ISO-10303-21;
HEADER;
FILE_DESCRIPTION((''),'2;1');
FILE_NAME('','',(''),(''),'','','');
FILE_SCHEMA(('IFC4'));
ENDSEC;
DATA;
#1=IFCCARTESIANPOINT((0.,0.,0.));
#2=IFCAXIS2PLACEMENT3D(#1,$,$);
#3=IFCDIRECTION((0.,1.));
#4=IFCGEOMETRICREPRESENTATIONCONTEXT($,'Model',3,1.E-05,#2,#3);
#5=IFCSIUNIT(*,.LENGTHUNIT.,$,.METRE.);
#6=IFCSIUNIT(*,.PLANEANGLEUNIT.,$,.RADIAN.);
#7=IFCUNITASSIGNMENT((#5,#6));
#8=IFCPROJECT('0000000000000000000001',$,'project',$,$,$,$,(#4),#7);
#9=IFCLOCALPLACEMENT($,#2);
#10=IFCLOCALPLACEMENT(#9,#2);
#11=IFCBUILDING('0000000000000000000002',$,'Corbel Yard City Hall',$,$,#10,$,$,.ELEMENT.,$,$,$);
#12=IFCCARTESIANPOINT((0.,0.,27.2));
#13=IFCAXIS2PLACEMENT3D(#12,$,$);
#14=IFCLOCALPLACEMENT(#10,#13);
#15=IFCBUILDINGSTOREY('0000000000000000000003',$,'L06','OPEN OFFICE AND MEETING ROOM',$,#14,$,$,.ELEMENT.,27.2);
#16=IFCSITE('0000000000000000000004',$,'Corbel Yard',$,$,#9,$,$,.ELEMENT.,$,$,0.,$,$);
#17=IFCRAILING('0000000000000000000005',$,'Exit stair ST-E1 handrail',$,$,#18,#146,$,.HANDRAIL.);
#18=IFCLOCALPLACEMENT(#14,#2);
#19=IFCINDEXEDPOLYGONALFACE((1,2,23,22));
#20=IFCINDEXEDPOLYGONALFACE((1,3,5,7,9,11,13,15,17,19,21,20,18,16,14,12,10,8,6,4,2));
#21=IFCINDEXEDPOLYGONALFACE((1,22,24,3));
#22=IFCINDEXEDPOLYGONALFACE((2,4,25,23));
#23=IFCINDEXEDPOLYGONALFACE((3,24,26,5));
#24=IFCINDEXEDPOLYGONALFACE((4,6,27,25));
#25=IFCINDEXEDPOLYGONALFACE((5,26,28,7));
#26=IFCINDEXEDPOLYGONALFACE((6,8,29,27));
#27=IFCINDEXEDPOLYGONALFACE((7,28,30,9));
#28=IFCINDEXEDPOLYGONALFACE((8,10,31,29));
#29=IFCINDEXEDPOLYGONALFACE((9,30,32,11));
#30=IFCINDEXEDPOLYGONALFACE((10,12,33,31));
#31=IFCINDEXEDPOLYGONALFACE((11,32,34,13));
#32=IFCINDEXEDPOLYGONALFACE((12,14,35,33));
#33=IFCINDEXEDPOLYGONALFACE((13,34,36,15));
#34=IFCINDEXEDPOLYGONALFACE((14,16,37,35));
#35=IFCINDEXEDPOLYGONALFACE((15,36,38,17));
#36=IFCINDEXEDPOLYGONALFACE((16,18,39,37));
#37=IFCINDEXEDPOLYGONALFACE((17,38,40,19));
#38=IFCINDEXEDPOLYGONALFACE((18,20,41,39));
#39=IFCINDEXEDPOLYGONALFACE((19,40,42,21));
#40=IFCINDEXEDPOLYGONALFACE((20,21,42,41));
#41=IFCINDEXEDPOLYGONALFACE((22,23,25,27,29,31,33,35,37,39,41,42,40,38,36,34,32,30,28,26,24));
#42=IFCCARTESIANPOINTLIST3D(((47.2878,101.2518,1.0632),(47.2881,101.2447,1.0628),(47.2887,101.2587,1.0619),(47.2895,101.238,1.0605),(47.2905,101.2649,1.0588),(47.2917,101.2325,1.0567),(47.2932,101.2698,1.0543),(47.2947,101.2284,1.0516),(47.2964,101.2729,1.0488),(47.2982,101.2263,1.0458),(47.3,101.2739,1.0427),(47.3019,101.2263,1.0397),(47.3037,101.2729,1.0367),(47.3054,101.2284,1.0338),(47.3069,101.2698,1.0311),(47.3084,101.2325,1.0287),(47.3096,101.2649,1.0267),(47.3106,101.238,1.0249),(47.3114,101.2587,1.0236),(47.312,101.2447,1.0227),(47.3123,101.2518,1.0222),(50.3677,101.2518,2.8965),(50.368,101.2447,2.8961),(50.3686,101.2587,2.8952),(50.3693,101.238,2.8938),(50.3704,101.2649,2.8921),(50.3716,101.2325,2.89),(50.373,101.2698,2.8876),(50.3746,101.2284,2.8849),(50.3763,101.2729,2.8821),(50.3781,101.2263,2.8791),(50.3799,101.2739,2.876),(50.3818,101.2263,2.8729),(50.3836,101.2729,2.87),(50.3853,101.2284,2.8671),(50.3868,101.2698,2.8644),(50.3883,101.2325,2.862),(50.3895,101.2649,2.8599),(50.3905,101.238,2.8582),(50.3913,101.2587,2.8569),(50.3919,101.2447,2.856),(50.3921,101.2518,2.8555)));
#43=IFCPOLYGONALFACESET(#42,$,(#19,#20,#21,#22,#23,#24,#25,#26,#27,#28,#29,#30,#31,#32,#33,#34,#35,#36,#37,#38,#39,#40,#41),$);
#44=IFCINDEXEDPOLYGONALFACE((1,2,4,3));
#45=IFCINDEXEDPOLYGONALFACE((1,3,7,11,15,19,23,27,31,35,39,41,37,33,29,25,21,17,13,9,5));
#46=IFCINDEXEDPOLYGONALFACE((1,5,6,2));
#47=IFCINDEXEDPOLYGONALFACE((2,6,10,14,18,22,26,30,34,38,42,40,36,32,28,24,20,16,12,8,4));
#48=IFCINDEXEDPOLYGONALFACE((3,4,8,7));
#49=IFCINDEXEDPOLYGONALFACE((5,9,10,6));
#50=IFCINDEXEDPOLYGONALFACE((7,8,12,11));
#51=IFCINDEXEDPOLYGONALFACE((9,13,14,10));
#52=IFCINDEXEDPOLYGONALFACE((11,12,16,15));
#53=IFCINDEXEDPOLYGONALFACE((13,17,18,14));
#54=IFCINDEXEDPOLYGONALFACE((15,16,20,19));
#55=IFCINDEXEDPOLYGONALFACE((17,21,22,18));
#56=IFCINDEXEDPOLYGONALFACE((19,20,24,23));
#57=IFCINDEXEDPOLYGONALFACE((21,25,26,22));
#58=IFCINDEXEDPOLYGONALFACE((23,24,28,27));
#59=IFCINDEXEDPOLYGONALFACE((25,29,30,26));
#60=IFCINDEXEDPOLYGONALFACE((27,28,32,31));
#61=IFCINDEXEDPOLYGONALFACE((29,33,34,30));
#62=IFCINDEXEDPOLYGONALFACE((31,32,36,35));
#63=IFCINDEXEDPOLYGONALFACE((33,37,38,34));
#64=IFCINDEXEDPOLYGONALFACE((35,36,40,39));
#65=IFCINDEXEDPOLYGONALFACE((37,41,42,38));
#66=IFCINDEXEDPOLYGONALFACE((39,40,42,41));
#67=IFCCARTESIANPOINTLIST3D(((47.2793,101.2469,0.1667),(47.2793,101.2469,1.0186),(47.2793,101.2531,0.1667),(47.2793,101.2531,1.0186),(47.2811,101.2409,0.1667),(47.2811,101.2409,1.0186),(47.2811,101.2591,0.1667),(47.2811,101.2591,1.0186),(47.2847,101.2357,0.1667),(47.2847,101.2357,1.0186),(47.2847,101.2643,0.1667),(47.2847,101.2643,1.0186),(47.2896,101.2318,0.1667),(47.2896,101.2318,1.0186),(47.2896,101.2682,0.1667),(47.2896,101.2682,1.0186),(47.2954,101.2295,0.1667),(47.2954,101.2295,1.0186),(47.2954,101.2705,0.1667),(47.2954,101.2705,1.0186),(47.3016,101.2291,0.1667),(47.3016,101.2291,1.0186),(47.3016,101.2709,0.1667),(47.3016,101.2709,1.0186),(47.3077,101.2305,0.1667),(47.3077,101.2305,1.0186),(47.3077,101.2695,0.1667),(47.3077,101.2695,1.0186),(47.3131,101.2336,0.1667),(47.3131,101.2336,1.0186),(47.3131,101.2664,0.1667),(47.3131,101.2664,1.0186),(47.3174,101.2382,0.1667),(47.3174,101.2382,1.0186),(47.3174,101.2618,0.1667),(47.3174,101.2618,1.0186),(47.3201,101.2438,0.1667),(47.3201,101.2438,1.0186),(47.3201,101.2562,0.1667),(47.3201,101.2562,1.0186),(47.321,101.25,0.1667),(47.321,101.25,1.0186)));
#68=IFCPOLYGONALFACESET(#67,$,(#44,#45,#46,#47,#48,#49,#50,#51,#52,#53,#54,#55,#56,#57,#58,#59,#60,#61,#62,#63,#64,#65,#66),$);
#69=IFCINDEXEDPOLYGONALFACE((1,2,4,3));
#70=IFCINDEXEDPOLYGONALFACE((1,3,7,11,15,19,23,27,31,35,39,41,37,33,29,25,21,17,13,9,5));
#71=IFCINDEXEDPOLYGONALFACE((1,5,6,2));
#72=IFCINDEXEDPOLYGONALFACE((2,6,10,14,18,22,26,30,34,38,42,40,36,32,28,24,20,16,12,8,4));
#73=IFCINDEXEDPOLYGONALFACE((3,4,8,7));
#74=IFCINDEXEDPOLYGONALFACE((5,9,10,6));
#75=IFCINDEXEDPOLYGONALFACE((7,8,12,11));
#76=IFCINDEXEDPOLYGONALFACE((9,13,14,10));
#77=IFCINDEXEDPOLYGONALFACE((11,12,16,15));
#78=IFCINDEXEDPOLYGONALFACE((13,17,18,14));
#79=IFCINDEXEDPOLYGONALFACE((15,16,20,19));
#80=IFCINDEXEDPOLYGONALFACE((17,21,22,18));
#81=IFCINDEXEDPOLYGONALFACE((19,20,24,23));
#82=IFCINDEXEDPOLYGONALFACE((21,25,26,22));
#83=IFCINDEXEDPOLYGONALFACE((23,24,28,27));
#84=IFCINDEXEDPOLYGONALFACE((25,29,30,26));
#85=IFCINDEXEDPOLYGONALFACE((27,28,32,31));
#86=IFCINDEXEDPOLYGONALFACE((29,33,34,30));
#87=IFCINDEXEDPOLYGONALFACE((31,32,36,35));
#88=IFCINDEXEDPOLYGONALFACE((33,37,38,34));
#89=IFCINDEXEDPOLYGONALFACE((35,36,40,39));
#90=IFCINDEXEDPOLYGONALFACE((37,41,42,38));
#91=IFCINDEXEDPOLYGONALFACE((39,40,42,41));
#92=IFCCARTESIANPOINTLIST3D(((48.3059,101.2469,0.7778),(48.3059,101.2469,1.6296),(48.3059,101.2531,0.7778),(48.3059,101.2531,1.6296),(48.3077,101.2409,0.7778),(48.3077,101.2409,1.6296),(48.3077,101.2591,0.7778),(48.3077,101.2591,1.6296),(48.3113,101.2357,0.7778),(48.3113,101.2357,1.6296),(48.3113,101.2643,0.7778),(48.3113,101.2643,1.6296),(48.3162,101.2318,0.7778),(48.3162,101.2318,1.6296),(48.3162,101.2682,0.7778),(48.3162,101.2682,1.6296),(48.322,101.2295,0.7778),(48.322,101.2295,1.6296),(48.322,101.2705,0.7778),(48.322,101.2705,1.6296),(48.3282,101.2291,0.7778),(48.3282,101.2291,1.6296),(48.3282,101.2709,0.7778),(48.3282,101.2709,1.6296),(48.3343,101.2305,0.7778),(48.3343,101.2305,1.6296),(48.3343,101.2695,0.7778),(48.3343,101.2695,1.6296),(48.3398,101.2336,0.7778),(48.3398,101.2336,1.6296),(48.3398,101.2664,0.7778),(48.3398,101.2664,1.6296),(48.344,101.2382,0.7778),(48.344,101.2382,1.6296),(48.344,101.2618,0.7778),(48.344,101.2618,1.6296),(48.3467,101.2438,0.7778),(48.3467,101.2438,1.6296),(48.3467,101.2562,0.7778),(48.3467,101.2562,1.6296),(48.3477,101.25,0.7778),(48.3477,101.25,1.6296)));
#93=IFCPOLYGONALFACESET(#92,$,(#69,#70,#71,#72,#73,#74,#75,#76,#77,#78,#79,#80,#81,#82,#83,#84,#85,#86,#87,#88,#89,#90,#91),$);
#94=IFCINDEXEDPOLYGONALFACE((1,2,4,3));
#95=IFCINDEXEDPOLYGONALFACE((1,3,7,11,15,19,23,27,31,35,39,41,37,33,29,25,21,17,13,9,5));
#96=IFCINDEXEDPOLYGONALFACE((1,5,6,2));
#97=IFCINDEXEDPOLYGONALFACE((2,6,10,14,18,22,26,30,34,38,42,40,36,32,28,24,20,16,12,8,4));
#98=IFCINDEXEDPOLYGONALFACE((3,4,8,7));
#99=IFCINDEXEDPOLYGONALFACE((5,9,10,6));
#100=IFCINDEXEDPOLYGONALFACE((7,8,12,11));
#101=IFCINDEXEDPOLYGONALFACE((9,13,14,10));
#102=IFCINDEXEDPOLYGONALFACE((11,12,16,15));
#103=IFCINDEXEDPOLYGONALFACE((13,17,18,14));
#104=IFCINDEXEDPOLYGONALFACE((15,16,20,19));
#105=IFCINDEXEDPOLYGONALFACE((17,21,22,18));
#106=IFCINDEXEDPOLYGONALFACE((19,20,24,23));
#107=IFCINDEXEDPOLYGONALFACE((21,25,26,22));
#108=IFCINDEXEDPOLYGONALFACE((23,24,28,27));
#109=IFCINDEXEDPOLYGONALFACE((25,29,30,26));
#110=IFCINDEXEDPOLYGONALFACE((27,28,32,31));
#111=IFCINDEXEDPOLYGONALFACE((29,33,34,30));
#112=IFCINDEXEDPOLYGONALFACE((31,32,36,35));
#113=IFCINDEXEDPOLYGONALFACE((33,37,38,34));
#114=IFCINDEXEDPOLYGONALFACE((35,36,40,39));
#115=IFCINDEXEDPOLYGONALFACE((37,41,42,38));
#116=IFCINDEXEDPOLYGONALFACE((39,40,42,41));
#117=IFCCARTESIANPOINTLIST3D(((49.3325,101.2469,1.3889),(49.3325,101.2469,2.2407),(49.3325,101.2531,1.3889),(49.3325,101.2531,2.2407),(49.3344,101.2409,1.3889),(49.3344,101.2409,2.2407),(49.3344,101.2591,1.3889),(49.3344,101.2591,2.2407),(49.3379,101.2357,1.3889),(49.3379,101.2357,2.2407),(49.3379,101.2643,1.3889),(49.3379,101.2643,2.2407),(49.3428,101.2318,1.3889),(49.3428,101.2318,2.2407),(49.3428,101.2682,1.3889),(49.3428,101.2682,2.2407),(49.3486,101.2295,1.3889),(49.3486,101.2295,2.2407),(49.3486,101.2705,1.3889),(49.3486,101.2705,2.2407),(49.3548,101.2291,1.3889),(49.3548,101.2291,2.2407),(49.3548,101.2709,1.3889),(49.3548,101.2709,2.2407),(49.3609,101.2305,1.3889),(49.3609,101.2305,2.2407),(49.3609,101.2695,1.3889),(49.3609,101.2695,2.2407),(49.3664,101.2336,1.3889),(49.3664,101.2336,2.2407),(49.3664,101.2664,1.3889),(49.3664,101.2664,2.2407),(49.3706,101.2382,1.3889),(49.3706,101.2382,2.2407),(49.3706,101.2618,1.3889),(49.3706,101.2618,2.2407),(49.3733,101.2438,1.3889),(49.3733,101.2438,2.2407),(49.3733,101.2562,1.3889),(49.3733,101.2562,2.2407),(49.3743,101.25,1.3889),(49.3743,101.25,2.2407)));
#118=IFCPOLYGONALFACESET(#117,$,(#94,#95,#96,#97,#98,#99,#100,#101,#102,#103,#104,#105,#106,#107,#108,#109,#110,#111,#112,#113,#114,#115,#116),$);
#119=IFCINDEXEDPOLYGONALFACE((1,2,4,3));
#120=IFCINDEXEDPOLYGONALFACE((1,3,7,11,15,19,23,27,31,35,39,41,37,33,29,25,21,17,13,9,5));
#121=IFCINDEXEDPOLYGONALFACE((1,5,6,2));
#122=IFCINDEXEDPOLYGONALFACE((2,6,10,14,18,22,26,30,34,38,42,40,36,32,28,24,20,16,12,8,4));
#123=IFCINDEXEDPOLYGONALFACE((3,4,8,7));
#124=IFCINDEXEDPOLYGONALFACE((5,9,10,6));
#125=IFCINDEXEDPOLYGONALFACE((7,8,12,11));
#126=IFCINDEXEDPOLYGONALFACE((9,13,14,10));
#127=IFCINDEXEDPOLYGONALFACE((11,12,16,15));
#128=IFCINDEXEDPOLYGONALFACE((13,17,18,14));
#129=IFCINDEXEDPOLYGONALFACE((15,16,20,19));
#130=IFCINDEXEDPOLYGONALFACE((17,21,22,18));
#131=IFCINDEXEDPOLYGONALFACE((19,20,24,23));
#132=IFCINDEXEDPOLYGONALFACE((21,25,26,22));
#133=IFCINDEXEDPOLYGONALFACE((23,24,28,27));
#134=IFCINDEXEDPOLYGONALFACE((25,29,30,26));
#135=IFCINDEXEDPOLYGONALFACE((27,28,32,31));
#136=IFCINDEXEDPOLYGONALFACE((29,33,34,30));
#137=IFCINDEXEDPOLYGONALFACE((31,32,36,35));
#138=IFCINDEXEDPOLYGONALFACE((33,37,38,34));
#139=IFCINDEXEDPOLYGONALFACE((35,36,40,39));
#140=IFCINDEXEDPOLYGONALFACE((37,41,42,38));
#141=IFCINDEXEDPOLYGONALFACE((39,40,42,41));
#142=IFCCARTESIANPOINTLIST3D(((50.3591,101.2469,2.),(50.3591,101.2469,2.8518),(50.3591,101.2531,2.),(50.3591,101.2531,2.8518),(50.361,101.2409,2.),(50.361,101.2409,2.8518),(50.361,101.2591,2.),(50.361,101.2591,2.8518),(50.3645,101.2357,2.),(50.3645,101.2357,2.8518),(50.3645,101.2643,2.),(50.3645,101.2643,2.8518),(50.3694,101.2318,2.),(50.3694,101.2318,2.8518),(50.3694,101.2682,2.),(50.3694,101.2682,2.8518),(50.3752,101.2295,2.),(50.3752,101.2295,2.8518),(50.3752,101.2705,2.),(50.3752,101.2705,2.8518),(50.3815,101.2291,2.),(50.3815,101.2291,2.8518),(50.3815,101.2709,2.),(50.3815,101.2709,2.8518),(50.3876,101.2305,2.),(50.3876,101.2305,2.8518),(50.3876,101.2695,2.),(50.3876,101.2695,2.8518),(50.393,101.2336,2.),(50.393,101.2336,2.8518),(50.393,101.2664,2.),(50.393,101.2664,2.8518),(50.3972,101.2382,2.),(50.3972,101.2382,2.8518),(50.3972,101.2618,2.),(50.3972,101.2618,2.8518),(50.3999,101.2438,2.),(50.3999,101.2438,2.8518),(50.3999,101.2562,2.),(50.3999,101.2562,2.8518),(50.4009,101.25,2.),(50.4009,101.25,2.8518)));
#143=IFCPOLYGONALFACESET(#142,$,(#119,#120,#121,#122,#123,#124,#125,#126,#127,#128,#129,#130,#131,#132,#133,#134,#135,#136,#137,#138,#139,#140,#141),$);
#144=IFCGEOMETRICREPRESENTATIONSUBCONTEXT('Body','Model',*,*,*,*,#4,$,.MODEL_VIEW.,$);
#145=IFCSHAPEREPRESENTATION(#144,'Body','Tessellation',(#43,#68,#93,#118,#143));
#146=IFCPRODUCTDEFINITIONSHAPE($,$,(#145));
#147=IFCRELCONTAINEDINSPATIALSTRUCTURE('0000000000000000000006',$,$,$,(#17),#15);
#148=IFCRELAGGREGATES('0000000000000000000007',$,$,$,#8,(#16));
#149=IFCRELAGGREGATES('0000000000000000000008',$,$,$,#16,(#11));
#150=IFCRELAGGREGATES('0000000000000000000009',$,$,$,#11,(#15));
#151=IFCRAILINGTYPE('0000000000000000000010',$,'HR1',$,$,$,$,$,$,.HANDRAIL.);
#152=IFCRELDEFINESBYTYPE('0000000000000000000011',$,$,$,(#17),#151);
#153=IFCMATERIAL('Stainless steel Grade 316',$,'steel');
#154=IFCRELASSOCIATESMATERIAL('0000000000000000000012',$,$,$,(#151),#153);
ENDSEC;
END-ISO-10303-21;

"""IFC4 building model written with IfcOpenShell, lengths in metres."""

from ifc_helpers import new_model, si_unit, direction, frame, origin, origin_2d, place, context, subcontext, project, spatial, circle, extrude, material, type_object, element, save


model = new_model("IFC4")

# Units and contexts
model_context = context("Model", 3, precision=1e-05, world=origin(), true_north=direction((0.0, 1.0)))
body_context = subcontext(model_context, "Body", "Model", "MODEL_VIEW")
ifc_project = project(units=[si_unit("LENGTHUNIT", "METRE"), si_unit("PLANEANGLEUNIT", "RADIAN")], contexts=[model_context])

# Site, building, storey
site_placement = place(None, origin())
site = spatial("IfcSite", under=ifc_project, at=site_placement, Name="Corbel Yard", CompositionType="ELEMENT", RefElevation=0.0)
building_placement = place(site_placement, origin())
building = spatial("IfcBuilding", under=site, at=building_placement, Name="Corbel Yard City Hall", CompositionType="ELEMENT")
storey_placement = place(building_placement, frame((0.0, 0.0, 27.2)))
storey = spatial("IfcBuildingStorey", under=building, at=storey_placement, Name="L06", Description="OPEN OFFICE AND MEETING ROOM", CompositionType="ELEMENT", Elevation=27.2)

# Railing
ifc_material_1 = material(Name="Stainless steel Grade 316", Category="steel")
railing_type = type_object("IfcRailingType", Name="HR1", PredefinedType="HANDRAIL", material=ifc_material_1)
for number, where, name in (
    (1, (47.3, 101.25, 0.1667), "Exit stair ST-E1 handrail"),
):
    element("IfcRailing", number, at=place(storey_placement, frame(where)), inside=storey, type_object=railing_type, Name=name, PredefinedType="HANDRAIL", context=body_context, shape_type="SweptSolid", body=[
        extrude(circle(Radius=0.0239, at=origin_2d()), frame((0.0, 0.0, 0.876), z_axis=(0.859291, 0.0, 0.511487), x_axis=(0.0, 1.0, 0.0)), (0.0, 0.0, 1.0), 3.5842),
        extrude(circle(Radius=0.021, at=origin_2d()), origin(), (0.0, 0.0, 1.0), 0.8518),
        extrude(circle(Radius=0.021, at=origin_2d()), frame((1.0266, 0.0, 0.6111)), (0.0, 0.0, 1.0), 0.8518),
        extrude(circle(Radius=0.021, at=origin_2d()), frame((2.0532, 0.0, 1.2222)), (0.0, 0.0, 1.0), 0.8518),
        extrude(circle(Radius=0.021, at=origin_2d()), frame((3.0798, 0.0, 1.8333)), (0.0, 0.0, 1.0), 0.8518),
    ])

save(model, "model.ifc")
